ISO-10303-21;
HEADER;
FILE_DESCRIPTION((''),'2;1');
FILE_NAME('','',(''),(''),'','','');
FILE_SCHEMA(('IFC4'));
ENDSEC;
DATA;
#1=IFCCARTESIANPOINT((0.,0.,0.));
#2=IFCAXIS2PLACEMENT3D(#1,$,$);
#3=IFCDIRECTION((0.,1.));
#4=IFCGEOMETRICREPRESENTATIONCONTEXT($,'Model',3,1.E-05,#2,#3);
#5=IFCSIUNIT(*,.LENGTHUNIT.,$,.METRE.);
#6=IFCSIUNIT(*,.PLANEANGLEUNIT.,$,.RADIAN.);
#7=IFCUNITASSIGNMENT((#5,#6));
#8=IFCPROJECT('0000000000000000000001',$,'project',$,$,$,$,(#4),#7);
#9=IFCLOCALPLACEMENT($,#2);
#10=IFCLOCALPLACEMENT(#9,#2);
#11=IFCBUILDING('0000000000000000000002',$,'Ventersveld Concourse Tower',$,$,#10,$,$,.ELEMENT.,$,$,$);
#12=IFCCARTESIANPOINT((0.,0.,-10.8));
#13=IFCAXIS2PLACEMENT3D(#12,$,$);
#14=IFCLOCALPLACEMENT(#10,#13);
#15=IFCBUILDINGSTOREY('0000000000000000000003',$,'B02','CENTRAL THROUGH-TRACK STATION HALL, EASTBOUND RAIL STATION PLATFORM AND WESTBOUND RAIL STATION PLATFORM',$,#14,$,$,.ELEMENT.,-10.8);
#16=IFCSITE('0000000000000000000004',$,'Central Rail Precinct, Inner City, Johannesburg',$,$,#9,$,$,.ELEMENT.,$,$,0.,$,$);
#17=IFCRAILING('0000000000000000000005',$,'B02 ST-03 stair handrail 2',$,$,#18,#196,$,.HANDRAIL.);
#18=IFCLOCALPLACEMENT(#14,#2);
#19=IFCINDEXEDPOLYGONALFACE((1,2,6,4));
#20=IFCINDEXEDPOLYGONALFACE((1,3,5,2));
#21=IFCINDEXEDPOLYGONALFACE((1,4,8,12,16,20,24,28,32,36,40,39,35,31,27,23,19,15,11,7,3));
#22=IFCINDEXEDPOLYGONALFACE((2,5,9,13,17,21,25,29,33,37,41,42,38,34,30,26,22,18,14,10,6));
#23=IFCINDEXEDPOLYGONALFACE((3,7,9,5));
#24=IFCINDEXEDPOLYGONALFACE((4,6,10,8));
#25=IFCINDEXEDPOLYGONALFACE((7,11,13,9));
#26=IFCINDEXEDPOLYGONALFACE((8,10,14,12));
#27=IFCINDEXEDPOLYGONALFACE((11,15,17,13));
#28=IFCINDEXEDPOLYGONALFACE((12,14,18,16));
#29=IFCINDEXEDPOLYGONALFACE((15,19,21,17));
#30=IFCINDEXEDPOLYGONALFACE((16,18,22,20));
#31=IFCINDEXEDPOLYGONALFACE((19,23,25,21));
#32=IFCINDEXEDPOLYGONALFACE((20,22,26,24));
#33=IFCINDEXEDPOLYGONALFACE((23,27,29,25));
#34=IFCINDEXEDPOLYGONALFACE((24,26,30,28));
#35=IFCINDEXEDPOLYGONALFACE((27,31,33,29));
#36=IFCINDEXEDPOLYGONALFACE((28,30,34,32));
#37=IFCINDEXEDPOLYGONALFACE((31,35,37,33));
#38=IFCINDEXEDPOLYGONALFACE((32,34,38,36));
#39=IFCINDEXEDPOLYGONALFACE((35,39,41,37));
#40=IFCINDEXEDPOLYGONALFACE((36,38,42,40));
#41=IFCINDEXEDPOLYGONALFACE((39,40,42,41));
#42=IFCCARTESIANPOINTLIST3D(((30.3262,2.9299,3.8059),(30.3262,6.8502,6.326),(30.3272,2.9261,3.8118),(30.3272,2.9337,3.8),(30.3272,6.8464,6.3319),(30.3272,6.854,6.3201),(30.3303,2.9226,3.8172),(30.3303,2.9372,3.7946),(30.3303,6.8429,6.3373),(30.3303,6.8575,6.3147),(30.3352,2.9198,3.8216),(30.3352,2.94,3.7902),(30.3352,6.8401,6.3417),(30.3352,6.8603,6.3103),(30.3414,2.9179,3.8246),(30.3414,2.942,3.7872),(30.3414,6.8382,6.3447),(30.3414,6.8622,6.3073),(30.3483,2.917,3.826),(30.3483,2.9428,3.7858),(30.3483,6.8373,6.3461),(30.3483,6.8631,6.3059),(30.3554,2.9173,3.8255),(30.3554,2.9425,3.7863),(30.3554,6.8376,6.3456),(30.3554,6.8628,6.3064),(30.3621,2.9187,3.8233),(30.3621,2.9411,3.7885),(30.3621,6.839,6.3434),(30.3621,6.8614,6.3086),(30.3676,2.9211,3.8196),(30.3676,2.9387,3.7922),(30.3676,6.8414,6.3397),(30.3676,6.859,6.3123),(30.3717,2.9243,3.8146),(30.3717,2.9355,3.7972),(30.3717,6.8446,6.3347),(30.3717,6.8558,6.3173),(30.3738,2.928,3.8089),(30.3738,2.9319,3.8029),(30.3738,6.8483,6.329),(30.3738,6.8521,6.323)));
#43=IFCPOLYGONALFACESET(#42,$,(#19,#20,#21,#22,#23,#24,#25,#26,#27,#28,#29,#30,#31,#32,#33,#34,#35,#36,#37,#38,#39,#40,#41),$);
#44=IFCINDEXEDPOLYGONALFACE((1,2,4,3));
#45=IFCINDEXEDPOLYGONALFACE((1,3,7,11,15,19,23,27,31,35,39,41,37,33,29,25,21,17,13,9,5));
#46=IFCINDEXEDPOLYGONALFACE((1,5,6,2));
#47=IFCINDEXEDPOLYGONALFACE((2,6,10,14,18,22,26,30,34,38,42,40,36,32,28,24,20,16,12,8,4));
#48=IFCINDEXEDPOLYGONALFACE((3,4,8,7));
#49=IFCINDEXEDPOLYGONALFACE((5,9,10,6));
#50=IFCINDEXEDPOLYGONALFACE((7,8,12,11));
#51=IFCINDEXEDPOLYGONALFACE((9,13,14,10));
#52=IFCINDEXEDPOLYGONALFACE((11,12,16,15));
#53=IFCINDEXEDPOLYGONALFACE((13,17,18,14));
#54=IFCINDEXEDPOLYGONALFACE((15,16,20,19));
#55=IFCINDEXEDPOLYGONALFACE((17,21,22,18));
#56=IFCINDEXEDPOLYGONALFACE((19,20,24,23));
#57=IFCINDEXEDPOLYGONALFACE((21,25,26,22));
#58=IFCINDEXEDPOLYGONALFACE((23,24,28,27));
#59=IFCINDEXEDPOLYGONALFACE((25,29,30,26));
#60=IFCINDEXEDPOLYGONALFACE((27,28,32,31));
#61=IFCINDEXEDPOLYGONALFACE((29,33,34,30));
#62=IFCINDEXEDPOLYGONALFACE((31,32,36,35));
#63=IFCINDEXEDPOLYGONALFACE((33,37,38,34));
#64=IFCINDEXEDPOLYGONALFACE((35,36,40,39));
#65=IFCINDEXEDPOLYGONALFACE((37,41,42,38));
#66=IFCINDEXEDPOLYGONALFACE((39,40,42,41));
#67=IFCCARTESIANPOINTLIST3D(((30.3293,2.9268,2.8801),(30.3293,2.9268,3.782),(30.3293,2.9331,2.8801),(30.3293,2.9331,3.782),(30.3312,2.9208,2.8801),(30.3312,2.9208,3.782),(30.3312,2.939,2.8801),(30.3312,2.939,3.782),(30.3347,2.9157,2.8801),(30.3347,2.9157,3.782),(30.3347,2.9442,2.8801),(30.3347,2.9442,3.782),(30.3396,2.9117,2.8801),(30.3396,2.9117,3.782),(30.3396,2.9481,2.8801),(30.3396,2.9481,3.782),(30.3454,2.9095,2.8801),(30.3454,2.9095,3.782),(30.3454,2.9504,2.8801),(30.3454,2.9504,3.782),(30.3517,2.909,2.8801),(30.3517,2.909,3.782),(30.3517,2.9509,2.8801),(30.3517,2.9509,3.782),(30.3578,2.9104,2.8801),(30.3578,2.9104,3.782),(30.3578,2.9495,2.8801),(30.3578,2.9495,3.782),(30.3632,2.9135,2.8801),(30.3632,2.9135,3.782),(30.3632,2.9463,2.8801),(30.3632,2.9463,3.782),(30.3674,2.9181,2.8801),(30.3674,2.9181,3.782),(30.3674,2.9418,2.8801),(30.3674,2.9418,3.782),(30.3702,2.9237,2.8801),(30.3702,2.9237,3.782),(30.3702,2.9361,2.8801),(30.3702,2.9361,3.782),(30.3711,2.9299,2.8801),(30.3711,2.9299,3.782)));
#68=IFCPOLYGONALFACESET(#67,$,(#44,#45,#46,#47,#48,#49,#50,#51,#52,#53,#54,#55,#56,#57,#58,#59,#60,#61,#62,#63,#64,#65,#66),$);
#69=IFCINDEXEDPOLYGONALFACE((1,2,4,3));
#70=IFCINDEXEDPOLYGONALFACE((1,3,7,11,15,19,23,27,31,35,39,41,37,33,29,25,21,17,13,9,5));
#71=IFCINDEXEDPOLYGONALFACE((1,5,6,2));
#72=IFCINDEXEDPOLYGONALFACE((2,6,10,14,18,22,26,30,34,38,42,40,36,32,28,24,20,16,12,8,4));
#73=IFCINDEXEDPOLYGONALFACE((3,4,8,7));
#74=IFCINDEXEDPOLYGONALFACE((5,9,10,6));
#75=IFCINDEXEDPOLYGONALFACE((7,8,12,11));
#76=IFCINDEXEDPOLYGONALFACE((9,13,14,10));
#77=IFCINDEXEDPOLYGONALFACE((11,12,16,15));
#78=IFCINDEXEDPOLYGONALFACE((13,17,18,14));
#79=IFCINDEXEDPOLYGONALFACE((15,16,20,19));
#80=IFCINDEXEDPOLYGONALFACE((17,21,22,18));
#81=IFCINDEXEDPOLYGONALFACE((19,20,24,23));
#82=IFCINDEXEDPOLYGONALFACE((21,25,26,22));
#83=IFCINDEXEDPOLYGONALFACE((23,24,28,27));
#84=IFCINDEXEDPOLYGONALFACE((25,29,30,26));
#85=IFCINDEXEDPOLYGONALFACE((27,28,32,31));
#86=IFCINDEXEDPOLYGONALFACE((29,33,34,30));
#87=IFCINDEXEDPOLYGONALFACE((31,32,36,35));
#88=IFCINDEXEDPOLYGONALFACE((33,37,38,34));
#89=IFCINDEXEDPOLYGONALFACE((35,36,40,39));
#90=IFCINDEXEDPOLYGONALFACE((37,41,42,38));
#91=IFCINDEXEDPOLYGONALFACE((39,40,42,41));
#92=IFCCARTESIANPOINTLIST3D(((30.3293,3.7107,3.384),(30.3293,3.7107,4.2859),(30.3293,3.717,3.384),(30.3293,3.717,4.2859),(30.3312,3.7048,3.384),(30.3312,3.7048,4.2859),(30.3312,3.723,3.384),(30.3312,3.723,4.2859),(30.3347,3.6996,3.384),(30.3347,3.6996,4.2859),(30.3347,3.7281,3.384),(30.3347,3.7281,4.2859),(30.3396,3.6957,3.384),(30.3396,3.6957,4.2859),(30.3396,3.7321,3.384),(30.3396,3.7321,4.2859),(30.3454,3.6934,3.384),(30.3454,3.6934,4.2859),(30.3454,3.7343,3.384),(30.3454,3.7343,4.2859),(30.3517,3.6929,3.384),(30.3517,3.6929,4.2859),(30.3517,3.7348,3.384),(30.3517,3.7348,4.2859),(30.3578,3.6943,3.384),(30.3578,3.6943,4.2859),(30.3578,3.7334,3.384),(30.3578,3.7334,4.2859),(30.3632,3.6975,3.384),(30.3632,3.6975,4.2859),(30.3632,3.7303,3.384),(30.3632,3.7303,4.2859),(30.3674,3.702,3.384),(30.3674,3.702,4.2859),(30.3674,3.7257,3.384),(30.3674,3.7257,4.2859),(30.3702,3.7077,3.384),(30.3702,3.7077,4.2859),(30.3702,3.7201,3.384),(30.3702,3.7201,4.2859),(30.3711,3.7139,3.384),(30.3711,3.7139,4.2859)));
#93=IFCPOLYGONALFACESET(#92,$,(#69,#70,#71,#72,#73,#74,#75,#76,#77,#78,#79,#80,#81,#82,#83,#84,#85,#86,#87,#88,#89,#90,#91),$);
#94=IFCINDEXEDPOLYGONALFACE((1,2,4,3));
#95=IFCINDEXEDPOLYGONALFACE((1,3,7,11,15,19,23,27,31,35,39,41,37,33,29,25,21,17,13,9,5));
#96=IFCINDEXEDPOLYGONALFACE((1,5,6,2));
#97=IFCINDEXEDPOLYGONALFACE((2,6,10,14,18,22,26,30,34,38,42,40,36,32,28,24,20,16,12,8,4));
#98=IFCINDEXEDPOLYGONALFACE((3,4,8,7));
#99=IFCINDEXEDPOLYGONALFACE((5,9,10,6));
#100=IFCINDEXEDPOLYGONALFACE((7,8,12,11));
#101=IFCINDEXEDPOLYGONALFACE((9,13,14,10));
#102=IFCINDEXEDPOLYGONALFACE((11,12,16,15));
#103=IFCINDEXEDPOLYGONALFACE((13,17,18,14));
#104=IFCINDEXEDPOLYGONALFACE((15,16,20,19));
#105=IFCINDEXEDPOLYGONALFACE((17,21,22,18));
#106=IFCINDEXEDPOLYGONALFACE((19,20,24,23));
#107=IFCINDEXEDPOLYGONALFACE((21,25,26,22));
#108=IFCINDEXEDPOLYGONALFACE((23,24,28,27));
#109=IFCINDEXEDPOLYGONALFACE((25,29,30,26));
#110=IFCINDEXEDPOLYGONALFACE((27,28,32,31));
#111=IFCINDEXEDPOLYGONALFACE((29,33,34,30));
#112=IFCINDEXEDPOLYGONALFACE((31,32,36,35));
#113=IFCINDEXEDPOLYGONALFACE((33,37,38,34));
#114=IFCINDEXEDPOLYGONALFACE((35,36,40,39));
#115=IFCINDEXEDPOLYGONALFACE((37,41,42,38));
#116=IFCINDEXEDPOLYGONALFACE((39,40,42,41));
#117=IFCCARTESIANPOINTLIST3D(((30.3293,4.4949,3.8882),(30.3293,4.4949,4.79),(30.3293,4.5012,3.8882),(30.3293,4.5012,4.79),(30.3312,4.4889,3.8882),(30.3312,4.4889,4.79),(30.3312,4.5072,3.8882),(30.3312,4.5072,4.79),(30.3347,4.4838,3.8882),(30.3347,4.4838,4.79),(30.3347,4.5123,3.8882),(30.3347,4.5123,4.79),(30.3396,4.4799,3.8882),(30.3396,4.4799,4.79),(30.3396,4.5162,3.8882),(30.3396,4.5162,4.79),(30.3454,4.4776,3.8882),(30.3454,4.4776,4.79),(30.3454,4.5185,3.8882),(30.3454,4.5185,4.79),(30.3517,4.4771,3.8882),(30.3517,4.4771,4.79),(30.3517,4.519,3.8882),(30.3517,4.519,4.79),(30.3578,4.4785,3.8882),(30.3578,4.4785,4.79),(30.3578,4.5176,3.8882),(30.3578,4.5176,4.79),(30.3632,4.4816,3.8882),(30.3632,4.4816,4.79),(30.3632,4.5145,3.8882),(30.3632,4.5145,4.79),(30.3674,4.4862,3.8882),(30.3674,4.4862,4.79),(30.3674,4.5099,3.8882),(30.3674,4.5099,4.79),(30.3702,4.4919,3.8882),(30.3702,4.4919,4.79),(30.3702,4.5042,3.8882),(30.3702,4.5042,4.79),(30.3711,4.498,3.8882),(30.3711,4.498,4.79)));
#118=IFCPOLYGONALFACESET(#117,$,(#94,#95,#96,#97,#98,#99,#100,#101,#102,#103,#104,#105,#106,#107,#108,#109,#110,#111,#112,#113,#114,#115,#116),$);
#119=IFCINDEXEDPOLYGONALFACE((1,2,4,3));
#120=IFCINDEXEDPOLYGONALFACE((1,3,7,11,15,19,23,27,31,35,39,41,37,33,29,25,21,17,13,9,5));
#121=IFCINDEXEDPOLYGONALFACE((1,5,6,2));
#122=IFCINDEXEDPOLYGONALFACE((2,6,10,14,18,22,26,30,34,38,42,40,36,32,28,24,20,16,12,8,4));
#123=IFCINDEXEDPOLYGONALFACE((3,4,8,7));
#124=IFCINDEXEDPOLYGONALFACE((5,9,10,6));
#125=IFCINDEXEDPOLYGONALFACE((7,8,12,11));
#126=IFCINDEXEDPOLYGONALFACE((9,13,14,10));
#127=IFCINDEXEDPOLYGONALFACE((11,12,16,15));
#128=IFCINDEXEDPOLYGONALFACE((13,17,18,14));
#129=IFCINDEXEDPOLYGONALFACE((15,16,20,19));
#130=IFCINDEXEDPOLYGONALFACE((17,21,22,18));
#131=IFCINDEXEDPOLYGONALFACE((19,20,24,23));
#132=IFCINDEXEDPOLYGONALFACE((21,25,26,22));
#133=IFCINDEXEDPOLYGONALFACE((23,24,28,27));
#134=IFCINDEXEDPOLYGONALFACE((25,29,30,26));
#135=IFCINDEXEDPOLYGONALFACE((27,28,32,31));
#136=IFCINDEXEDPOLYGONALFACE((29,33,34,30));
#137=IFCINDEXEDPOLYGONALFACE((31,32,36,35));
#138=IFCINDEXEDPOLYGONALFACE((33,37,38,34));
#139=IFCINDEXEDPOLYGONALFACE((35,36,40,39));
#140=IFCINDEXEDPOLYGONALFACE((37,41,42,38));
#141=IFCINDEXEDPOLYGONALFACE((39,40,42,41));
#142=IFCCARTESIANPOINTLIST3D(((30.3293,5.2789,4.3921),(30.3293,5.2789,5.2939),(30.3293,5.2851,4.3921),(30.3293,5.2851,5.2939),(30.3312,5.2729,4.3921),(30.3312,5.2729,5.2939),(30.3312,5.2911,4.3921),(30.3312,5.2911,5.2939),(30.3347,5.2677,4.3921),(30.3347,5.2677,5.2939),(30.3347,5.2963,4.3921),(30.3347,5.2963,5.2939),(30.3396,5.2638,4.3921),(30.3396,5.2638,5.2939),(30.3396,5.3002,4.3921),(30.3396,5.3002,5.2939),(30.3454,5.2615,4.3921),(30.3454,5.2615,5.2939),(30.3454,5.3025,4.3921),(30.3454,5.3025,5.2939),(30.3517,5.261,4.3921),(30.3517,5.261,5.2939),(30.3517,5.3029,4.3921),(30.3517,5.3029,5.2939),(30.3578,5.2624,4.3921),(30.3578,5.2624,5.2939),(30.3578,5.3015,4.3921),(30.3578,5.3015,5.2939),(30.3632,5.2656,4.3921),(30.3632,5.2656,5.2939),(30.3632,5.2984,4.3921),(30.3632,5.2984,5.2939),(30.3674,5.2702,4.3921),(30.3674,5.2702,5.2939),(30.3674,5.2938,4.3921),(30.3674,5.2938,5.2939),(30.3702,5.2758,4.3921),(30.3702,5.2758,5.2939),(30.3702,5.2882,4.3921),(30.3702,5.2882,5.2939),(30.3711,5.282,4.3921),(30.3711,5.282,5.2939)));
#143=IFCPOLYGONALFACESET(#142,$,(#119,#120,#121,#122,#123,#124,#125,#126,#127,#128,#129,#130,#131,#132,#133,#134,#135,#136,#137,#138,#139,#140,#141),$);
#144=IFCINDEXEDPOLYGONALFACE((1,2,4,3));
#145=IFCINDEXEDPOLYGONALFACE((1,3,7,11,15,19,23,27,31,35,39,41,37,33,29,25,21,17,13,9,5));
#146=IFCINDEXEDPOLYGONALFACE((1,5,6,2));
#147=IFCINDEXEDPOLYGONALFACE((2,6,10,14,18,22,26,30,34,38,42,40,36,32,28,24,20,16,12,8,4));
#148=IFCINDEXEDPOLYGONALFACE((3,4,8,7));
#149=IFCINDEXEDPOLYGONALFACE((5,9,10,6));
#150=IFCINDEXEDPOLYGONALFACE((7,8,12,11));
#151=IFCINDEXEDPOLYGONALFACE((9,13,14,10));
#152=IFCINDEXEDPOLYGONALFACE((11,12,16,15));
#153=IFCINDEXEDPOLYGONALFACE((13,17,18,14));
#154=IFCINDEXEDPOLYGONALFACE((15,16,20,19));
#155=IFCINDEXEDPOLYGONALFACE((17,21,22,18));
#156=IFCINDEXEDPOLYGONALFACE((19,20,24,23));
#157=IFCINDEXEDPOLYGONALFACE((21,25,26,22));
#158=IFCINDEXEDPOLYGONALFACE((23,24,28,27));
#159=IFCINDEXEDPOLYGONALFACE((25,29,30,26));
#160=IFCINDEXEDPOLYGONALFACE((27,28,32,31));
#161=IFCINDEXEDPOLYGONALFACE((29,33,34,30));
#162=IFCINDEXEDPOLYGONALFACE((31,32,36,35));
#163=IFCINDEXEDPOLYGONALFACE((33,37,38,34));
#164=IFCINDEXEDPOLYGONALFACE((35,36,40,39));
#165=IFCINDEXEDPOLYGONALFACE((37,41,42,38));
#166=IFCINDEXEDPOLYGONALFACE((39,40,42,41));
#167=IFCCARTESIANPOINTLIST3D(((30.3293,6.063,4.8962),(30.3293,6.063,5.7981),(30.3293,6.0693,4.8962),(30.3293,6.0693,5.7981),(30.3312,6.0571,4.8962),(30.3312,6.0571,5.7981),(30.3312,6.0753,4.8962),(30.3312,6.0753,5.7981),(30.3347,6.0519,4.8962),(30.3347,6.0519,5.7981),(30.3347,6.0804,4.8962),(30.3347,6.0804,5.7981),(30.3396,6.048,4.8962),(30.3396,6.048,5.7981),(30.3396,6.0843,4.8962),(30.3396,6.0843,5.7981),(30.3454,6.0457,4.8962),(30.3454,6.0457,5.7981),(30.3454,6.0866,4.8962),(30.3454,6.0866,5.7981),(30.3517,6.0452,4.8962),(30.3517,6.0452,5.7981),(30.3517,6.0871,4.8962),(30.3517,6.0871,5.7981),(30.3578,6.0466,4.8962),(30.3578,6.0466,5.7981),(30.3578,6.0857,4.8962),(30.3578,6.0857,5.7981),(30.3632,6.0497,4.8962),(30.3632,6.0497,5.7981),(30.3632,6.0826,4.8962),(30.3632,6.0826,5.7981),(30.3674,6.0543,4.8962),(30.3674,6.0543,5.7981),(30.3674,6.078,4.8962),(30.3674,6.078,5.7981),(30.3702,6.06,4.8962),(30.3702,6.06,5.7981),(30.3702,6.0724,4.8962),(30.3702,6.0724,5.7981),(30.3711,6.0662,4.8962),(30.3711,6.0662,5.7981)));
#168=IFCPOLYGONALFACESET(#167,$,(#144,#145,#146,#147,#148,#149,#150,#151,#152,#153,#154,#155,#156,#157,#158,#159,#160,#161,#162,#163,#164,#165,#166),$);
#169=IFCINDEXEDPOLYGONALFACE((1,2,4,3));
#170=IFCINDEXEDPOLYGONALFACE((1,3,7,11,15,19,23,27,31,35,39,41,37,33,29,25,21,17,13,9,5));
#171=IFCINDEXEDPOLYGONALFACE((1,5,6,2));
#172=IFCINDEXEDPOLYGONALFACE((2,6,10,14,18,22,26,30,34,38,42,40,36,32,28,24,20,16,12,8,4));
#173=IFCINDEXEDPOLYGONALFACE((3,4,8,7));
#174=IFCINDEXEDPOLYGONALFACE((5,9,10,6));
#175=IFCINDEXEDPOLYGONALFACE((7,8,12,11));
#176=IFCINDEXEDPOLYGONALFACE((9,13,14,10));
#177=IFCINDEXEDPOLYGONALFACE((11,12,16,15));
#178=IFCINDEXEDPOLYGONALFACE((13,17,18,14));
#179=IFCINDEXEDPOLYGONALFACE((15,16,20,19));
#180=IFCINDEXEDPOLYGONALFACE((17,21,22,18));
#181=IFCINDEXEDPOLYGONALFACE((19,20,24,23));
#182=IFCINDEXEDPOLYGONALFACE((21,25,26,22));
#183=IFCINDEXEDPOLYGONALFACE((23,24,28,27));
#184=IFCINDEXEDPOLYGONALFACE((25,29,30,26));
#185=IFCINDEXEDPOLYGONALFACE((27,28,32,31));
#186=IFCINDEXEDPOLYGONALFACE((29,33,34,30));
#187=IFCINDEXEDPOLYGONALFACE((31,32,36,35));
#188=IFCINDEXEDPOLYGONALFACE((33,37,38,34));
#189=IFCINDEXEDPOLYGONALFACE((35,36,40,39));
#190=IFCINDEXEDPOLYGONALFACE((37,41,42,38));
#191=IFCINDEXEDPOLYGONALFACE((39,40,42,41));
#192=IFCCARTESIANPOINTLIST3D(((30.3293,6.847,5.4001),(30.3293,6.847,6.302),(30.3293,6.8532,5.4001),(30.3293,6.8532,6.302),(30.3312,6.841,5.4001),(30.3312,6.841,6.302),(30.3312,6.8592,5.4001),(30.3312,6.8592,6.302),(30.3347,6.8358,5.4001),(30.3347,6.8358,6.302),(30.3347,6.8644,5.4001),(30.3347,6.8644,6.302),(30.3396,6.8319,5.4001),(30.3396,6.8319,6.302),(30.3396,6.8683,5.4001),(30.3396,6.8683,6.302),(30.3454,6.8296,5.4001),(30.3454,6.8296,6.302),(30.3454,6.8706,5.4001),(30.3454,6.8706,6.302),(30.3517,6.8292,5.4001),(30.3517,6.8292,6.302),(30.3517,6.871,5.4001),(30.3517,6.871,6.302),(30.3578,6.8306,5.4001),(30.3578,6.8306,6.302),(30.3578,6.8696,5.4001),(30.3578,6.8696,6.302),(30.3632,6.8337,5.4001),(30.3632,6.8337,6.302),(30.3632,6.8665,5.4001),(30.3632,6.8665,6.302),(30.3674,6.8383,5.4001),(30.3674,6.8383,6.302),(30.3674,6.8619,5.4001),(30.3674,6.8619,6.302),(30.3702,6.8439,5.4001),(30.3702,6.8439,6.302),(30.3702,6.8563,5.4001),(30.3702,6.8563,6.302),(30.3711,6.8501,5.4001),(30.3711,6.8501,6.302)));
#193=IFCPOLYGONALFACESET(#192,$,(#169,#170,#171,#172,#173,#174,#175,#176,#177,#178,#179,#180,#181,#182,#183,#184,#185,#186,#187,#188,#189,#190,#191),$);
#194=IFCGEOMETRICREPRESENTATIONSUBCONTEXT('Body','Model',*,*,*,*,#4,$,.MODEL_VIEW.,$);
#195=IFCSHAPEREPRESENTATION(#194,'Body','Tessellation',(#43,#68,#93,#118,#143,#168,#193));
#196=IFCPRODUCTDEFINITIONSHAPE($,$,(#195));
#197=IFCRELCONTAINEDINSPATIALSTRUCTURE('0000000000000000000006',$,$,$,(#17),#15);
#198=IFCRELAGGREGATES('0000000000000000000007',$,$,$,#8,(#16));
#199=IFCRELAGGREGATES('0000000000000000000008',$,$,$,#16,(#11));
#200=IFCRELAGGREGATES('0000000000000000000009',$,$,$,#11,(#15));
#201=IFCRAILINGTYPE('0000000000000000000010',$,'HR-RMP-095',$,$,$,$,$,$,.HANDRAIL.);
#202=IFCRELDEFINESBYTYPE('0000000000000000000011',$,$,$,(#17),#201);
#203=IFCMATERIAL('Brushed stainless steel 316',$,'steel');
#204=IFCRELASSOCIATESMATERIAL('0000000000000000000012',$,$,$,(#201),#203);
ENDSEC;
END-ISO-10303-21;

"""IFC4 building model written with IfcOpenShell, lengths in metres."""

from ifc_helpers import new_model, si_unit, direction, frame, origin, origin_2d, place, context, subcontext, project, spatial, circle, extrude, material, type_object, element, save


model = new_model("IFC4")

# Units and contexts
model_context = context("Model", 3, precision=1e-05, world=origin(), true_north=direction((0.0, 1.0)))
body_context = subcontext(model_context, "Body", "Model", "MODEL_VIEW")
ifc_project = project(units=[si_unit("LENGTHUNIT", "METRE"), si_unit("PLANEANGLEUNIT", "RADIAN")], contexts=[model_context])

# Site, building, storey
site_placement = place(None, origin())
site = spatial("IfcSite", under=ifc_project, at=site_placement, Name="Central Rail Precinct, Inner City, Johannesburg", CompositionType="ELEMENT", RefElevation=0.0)
building_placement = place(site_placement, origin())
building = spatial("IfcBuilding", under=site, at=building_placement, Name="Ventersveld Concourse Tower", CompositionType="ELEMENT")
storey_placement = place(building_placement, frame((0.0, 0.0, -10.8)))
storey = spatial("IfcBuildingStorey", under=building, at=storey_placement, Name="B02", Description="CENTRAL THROUGH-TRACK STATION HALL, EASTBOUND RAIL STATION PLATFORM AND WESTBOUND RAIL STATION PLATFORM", CompositionType="ELEMENT", Elevation=-10.8)

# Railing
ifc_material_1 = material(Name="Brushed stainless steel 316", Category="steel")
railing_type_1 = type_object("IfcRailingType", Name="HR-RMP-095", PredefinedType="HANDRAIL", material=ifc_material_1)
railing_1_placement = place(storey_placement, frame((30.3501, 2.9299, 2.8801)))
element("IfcRailing", 1, at=railing_1_placement, inside=storey, type_object=railing_type_1, Name="B02 ST-03 stair handrail 2", PredefinedType="HANDRAIL", context=body_context, shape_type="SweptSolid", body=[
    extrude(circle(Radius=0.0239, at=origin_2d()), frame((0.0, 0.0, 0.9258), z_axis=(0.0, 0.841187, 0.540744), x_axis=(-1.0, 0.0, 0.0)), (0.0, 0.0, 1.0), 4.6604),
    extrude(circle(Radius=0.021, at=origin_2d()), origin(), (0.0, 0.0, 1.0), 0.9019),
    extrude(circle(Radius=0.021, at=origin_2d()), frame((0.0, 0.7839, 0.5039)), (0.0, 0.0, 1.0), 0.9019),
    extrude(circle(Radius=0.021, at=origin_2d()), frame((0.0, 1.5681, 1.0081)), (0.0, 0.0, 1.0), 0.9019),
    extrude(circle(Radius=0.021, at=origin_2d()), frame((0.0, 2.3521, 1.512)), (0.0, 0.0, 1.0), 0.9019),
    extrude(circle(Radius=0.021, at=origin_2d()), frame((0.0, 3.1362, 2.0161)), (0.0, 0.0, 1.0), 0.9019),
    extrude(circle(Radius=0.021, at=origin_2d()), frame((0.0, 3.9202, 2.52)), (0.0, 0.0, 1.0), 0.9019),
])

save(model, "model.ifc")
